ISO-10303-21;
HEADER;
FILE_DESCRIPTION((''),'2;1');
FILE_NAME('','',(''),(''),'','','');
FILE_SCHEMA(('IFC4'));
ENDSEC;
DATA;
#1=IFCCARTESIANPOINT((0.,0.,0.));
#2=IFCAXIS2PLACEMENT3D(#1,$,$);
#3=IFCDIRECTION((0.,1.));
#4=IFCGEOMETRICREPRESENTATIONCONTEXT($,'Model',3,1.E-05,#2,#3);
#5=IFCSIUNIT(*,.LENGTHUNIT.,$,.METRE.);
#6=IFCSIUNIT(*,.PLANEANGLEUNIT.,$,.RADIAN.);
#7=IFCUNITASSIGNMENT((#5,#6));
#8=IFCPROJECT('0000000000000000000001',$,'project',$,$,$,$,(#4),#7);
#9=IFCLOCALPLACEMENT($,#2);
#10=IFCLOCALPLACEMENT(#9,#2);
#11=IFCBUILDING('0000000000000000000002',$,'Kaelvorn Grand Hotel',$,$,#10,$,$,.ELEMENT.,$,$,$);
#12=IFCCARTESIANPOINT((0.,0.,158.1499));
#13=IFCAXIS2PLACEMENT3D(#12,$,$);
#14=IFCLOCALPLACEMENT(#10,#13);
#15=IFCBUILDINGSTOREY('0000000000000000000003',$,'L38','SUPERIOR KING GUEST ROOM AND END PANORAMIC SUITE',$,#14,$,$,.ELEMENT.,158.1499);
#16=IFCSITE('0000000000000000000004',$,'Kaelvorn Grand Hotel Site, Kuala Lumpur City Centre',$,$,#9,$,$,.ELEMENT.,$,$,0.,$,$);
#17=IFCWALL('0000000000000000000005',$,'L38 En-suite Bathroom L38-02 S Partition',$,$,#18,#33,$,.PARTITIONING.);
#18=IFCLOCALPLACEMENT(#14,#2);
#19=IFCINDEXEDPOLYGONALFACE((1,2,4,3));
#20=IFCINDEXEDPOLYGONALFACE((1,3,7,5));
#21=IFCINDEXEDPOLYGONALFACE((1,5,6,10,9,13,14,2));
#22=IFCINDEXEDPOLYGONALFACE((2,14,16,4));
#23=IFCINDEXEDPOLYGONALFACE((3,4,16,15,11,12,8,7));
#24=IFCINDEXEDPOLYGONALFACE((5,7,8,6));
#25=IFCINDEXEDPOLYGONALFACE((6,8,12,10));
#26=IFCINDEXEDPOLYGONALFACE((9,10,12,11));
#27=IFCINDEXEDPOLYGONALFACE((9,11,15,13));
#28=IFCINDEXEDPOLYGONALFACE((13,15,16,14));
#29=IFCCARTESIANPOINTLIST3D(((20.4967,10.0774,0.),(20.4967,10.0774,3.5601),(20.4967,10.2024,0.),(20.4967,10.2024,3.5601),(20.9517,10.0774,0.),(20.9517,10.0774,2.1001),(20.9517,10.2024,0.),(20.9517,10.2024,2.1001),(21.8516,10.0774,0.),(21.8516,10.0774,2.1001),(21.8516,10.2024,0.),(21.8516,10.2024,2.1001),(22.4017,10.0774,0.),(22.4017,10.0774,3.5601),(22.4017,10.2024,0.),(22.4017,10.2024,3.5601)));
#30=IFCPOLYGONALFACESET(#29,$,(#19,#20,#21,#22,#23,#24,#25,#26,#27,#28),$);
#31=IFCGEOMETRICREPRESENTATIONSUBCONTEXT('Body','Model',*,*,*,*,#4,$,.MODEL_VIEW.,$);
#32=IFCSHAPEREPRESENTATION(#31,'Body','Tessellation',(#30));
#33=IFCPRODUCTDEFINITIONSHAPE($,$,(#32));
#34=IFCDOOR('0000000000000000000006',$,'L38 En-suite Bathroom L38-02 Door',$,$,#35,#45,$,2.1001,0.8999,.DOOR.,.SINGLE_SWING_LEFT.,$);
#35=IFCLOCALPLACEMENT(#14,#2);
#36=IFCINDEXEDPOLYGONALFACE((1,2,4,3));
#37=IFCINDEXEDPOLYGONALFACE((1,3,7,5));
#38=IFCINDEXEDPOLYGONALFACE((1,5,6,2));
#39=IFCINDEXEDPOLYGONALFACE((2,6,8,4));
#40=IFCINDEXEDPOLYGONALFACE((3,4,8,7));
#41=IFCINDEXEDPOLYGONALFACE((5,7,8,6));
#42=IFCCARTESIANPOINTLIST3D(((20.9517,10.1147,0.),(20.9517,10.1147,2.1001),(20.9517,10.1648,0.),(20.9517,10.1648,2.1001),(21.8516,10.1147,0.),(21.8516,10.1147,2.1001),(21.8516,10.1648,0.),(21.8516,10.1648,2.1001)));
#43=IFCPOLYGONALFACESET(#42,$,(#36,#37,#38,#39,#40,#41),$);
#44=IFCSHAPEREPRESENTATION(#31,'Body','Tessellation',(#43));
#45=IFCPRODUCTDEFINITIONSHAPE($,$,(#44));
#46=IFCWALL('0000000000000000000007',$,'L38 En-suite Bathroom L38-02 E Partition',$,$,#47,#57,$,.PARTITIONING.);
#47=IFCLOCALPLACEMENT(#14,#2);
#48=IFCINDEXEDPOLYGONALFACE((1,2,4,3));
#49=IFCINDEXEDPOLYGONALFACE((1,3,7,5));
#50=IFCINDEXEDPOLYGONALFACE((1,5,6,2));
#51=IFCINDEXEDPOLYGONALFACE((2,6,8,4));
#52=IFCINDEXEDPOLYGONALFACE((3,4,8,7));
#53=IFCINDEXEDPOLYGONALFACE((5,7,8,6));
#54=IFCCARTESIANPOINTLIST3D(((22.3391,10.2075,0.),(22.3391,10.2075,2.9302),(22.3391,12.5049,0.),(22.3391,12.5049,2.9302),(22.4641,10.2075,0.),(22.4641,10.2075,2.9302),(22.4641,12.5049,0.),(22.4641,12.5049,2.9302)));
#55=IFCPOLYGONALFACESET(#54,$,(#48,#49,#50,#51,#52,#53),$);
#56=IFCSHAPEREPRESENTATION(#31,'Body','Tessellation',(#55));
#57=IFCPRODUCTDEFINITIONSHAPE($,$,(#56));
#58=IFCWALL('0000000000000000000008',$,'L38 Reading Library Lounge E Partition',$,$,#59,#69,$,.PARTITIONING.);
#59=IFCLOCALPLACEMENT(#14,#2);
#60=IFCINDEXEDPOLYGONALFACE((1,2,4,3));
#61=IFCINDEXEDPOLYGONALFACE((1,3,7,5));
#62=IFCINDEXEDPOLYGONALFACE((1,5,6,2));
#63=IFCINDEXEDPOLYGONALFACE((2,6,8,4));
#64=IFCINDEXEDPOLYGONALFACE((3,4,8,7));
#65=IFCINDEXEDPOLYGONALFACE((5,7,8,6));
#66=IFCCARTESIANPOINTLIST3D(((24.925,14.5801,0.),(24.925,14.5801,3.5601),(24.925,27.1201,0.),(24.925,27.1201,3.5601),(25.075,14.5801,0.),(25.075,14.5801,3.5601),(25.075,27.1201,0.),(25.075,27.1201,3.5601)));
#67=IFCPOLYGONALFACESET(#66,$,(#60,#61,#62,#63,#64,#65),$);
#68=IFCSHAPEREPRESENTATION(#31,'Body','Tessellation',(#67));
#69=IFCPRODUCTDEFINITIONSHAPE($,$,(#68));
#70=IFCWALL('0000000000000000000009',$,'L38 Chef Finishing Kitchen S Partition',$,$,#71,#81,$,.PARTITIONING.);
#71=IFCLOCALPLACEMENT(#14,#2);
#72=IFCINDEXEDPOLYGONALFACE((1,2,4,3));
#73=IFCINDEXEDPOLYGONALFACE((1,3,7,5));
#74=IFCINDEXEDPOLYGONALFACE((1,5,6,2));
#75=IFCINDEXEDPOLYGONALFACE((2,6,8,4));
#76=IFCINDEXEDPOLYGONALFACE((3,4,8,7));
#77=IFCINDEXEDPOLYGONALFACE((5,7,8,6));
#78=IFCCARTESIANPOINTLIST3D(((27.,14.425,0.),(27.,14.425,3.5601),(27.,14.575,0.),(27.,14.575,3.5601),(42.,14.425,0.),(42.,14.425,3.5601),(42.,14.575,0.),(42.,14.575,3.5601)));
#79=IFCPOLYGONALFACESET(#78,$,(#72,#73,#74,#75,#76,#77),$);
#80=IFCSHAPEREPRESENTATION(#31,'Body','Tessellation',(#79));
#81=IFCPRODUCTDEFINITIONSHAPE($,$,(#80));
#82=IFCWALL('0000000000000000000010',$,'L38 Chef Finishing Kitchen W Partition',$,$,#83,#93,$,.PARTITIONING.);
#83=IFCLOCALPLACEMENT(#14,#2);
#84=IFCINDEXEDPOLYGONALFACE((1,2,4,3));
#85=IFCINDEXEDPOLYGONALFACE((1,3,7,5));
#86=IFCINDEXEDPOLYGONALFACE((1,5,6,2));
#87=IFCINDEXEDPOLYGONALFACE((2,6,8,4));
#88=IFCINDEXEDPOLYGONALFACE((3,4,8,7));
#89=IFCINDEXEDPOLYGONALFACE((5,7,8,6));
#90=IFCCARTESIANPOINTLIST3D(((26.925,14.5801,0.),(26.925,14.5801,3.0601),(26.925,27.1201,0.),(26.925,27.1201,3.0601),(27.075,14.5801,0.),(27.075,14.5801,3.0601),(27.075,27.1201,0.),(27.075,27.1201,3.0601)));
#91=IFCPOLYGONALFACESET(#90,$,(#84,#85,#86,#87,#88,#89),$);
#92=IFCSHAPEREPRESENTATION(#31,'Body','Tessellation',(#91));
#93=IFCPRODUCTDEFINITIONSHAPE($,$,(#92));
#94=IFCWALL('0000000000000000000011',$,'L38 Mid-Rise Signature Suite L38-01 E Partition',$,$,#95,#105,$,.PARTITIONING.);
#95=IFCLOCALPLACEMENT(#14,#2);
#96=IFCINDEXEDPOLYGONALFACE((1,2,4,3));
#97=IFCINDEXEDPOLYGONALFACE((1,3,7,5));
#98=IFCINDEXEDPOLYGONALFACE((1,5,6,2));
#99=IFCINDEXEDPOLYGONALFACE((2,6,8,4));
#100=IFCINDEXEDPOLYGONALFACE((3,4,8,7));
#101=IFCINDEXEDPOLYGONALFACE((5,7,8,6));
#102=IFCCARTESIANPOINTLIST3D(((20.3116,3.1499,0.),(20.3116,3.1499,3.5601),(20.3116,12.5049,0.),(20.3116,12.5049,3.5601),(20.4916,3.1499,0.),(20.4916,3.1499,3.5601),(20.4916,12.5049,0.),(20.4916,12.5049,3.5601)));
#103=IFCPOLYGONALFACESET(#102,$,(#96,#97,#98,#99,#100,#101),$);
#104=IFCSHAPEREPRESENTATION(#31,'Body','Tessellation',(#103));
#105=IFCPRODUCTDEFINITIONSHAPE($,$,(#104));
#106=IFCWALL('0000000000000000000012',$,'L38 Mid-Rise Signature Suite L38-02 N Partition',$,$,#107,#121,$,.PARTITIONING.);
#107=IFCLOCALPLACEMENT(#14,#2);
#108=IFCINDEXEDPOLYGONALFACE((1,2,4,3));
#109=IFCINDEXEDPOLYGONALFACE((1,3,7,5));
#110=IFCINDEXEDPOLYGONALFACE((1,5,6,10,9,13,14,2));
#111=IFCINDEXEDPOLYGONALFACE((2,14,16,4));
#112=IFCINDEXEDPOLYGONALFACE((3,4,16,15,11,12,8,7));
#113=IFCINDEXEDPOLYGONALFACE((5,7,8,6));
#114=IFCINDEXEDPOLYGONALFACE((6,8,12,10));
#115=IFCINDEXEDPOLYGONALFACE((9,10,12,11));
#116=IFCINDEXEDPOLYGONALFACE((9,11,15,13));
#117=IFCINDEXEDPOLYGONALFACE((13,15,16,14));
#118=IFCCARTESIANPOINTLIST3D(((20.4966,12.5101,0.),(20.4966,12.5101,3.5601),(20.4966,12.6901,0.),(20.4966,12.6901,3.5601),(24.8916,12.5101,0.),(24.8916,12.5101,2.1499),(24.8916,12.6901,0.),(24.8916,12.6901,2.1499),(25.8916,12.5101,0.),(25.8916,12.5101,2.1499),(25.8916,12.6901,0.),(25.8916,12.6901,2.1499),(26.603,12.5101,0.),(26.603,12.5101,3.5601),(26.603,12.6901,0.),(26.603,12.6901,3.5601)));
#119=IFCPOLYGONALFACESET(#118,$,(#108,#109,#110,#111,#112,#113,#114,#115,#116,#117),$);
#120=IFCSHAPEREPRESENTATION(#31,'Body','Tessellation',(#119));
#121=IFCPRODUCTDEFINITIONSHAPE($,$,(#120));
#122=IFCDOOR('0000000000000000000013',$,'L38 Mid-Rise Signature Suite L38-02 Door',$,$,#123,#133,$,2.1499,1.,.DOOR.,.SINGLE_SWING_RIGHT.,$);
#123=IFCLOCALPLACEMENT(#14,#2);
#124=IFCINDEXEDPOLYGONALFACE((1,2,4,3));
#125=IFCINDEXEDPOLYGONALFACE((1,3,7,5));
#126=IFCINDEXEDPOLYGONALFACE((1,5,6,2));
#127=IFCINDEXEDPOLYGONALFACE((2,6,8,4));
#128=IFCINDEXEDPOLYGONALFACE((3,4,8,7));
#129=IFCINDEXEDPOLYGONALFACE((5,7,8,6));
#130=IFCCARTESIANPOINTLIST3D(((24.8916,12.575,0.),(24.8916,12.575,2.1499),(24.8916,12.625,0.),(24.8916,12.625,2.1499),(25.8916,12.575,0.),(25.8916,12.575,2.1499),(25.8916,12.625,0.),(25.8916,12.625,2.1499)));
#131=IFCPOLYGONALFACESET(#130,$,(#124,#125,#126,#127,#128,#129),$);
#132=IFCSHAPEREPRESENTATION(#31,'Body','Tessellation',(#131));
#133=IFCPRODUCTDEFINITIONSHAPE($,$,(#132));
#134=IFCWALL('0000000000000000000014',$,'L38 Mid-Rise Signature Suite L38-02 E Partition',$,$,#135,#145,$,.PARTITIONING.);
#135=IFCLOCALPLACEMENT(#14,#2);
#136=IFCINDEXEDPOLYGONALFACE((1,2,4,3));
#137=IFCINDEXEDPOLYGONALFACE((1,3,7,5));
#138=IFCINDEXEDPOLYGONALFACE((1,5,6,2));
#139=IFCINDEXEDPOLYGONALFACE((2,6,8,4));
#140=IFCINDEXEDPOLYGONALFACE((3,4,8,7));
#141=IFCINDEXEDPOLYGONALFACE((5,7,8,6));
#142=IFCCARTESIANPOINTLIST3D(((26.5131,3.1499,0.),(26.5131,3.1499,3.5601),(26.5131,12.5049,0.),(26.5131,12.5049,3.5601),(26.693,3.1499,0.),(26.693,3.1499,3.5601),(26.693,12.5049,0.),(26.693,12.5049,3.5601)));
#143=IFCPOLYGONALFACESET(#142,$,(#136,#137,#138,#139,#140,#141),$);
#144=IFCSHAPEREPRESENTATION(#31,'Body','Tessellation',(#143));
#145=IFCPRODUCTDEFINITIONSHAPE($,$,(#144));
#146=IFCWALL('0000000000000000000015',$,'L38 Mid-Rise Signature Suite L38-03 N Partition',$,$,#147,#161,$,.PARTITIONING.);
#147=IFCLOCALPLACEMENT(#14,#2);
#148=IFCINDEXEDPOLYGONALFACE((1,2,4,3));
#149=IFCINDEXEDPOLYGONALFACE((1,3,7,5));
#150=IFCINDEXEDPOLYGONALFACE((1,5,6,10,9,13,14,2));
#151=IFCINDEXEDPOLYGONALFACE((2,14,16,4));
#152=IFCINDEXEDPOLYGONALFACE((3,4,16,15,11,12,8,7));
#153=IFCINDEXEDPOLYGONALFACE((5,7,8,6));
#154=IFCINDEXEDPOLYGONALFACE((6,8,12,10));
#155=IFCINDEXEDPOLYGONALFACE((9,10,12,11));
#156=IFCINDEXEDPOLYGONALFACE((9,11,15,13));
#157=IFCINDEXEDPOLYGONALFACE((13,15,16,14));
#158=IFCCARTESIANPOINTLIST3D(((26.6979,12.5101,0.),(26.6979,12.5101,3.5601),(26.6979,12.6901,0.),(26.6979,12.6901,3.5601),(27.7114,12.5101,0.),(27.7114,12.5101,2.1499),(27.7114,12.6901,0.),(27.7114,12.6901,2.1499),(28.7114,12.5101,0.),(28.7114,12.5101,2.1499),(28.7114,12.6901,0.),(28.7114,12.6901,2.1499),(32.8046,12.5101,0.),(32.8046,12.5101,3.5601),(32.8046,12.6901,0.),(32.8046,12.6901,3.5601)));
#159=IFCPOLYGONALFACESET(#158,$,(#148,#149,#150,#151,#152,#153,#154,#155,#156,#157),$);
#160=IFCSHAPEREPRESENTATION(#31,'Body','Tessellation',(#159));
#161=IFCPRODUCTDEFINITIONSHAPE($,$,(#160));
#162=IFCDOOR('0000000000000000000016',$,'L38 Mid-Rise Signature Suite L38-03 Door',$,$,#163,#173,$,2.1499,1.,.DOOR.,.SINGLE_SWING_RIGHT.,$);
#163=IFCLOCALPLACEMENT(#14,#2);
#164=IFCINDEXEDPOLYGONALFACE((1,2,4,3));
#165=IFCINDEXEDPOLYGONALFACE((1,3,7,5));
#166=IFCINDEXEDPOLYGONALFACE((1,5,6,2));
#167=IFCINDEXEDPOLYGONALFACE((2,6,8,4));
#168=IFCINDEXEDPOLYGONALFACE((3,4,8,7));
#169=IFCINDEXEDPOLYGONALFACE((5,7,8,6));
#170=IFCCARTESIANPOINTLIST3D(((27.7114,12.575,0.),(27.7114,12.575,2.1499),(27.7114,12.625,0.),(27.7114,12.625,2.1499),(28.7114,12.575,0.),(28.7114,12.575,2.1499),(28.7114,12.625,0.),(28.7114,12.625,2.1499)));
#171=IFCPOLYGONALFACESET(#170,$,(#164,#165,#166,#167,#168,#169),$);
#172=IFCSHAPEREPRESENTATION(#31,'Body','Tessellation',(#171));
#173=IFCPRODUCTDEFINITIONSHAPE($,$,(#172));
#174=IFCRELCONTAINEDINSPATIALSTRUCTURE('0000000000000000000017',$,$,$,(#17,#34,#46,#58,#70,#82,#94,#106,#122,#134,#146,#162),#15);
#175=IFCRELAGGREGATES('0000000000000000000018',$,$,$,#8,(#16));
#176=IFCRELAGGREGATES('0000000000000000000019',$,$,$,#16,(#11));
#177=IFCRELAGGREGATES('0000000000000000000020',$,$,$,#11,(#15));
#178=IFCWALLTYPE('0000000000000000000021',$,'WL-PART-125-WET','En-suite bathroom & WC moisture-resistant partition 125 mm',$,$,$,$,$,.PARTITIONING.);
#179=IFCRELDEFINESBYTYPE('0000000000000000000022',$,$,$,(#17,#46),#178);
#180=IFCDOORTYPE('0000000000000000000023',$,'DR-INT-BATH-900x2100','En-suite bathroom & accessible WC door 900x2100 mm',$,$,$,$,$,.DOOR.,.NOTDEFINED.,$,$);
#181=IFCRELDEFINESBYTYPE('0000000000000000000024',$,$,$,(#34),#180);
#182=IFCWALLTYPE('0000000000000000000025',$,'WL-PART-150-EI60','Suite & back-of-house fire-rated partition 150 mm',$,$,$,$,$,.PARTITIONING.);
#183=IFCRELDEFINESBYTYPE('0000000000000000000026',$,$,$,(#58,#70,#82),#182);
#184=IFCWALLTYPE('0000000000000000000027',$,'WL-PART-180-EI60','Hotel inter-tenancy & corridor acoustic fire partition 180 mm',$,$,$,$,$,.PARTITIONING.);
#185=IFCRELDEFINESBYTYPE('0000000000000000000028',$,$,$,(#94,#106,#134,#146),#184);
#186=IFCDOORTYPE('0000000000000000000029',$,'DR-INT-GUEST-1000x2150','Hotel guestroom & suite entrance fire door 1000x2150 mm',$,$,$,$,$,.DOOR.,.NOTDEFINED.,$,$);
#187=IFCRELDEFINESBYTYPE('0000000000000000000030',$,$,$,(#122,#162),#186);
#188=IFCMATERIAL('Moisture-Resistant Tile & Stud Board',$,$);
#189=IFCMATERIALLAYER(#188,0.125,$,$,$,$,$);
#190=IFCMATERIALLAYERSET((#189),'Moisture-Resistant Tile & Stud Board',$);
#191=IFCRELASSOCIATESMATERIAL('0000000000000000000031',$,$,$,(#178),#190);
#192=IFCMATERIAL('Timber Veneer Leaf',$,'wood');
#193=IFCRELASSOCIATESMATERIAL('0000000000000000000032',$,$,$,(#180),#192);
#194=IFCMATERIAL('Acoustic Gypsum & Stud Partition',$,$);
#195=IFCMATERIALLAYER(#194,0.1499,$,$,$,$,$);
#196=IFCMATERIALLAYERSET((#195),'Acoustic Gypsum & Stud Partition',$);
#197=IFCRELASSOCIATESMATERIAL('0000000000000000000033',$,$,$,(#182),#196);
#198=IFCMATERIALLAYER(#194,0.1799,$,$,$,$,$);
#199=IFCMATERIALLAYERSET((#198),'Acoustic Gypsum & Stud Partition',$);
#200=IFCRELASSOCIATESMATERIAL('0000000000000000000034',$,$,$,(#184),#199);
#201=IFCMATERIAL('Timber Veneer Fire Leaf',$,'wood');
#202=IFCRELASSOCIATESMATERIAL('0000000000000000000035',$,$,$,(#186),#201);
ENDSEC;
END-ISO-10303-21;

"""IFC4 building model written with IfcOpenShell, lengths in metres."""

from ifc_helpers import new_model, si_unit, direction, frame, frame_2d, origin, place, context, subcontext, project, spatial, rectangle, extrude, material, layer, layer_set, type_object, element, fill, save


model = new_model("IFC4")

# Units and contexts
model_context = context("Model", 3, precision=1e-05, world=origin(), true_north=direction((0.0, 1.0)))
body_context = subcontext(model_context, "Body", "Model", "MODEL_VIEW")
ifc_project = project(units=[si_unit("LENGTHUNIT", "METRE"), si_unit("PLANEANGLEUNIT", "RADIAN")], contexts=[model_context])

# Site, building, storey
site_placement = place(None, origin())
site = spatial("IfcSite", under=ifc_project, at=site_placement, Name="Kaelvorn Grand Hotel Site, Kuala Lumpur City Centre", CompositionType="ELEMENT", RefElevation=0.0)
building_placement = place(site_placement, origin())
building = spatial("IfcBuilding", under=site, at=building_placement, Name="Kaelvorn Grand Hotel", CompositionType="ELEMENT")
storey_placement = place(building_placement, frame((0.0, 0.0, 158.1499)))
storey = spatial("IfcBuildingStorey", under=building, at=storey_placement, Name="L38", Description="SUPERIOR KING GUEST ROOM AND END PANORAMIC SUITE", CompositionType="ELEMENT", Elevation=158.1499)

# Wall, opening, door
ifc_material_1 = material(Name="Moisture-Resistant Tile & Stud Board")
ifc_layer_1 = layer(ifc_material_1, 0.125)
ifc_layer_set_1 = layer_set([ifc_layer_1], Name="Moisture-Resistant Tile & Stud Board")
wall_type_1 = type_object("IfcWallType", Name="WL-PART-125-WET", Description="En-suite bathroom & WC moisture-resistant partition 125 mm", PredefinedType="PARTITIONING", material=ifc_layer_set_1)
wall_1_placement = place(storey_placement, frame((20.4966, 10.1399, 0.0), z_axis=(0.0, 0.0, 1.0), x_axis=(1.0, 0.0, 0.0)))
wall_1 = element("IfcWall", 1, at=wall_1_placement, inside=storey, type_object=wall_type_1, Name="L38 En-suite Bathroom L38-02 S Partition", PredefinedType="PARTITIONING", context=body_context, shape_type="SweptSolid", body=[
    extrude(rectangle(XDim=1.905, YDim=0.125, at=frame_2d((0.9526, 0.0))), origin(), (0.0, 0.0, 1.0), 3.5601),
])
opening_1_placement = place(wall_1_placement, frame((0.4551, 0.0, 0.0)))
opening_1 = element("IfcOpeningElement", 2, at=opening_1_placement, cuts=wall_1, PredefinedType="OPENING", context=body_context, shape_type="SweptSolid", body=[
    extrude(rectangle(XDim=0.8999, YDim=2.1001, at=frame_2d((0.45, 1.05))), frame((0.0, 0.0725, 0.0), z_axis=(0.0, -1.0, 0.0), x_axis=(1.0, 0.0, 0.0)), (0.0, 0.0, 1.0), 0.145),
])
ifc_material_2 = material(Name="Timber Veneer Leaf", Category="wood")
door_type_1 = type_object("IfcDoorType", Name="DR-INT-BATH-900x2100", Description="En-suite bathroom & accessible WC door 900x2100 mm", OperationType="NOTDEFINED", PredefinedType="DOOR", material=ifc_material_2)
door_1_placement = place(opening_1_placement, origin())
door_1 = element("IfcDoor", 3, at=door_1_placement, inside=storey, type_object=door_type_1, Name="L38 En-suite Bathroom L38-02 Door", OperationType="SINGLE_SWING_LEFT", OverallHeight=2.1001, OverallWidth=0.8999, PredefinedType="DOOR", context=body_context, shape_type="SweptSolid", body=[
    extrude(rectangle(XDim=0.8999, YDim=2.1001, at=frame_2d((0.45, 1.05))), frame((0.0, 0.0249, 0.0), z_axis=(0.0, -1.0, 0.0), x_axis=(1.0, 0.0, 0.0)), (0.0, 0.0, 1.0), 0.05),
])
fill(opening_1, door_1)

# Walls
wall_2_placement = place(storey_placement, frame((22.4016, 10.2075, 0.0), z_axis=(0.0, 0.0, 1.0), x_axis=(0.0, 1.0, 0.0)))
element("IfcWall", 4, at=wall_2_placement, inside=storey, type_object=wall_type_1, Name="L38 En-suite Bathroom L38-02 E Partition", PredefinedType="PARTITIONING", context=body_context, shape_type="SweptSolid", body=[
    extrude(rectangle(XDim=2.2974, YDim=0.125, at=frame_2d((1.1487, 0.0))), origin(), (0.0, 0.0, 1.0), 2.9302),
])
ifc_material_3 = material(Name="Acoustic Gypsum & Stud Partition")
ifc_layer_2 = layer(ifc_material_3, 0.1499)
ifc_layer_set_2 = layer_set([ifc_layer_2], Name="Acoustic Gypsum & Stud Partition")
wall_type_2 = type_object("IfcWallType", Name="WL-PART-150-EI60", Description="Suite & back-of-house fire-rated partition 150 mm", PredefinedType="PARTITIONING", material=ifc_layer_set_2)
wall_3_placement = place(storey_placement, frame((25.0, 14.5801, 0.0), z_axis=(0.0, 0.0, 1.0), x_axis=(0.0, 1.0, 0.0)))
element("IfcWall", 5, at=wall_3_placement, inside=storey, type_object=wall_type_2, Name="L38 Reading Library Lounge E Partition", PredefinedType="PARTITIONING", context=body_context, shape_type="SweptSolid", body=[
    extrude(rectangle(XDim=12.54, YDim=0.1499, at=frame_2d((6.27, 0.0))), origin(), (0.0, 0.0, 1.0), 3.5601),
])
wall_4_placement = place(storey_placement, frame((27.0, 14.5, 0.0), z_axis=(0.0, 0.0, 1.0), x_axis=(1.0, 0.0, 0.0)))
element("IfcWall", 6, at=wall_4_placement, inside=storey, type_object=wall_type_2, Name="L38 Chef Finishing Kitchen S Partition", PredefinedType="PARTITIONING", context=body_context, shape_type="SweptSolid", body=[
    extrude(rectangle(XDim=15.0, YDim=0.1499, at=frame_2d((7.5, 0.0))), origin(), (0.0, 0.0, 1.0), 3.5601),
])
wall_5_placement = place(storey_placement, frame((27.0, 14.5801, 0.0), z_axis=(0.0, 0.0, 1.0), x_axis=(0.0, 1.0, 0.0)))
element("IfcWall", 7, at=wall_5_placement, inside=storey, type_object=wall_type_2, Name="L38 Chef Finishing Kitchen W Partition", PredefinedType="PARTITIONING", context=body_context, shape_type="SweptSolid", body=[
    extrude(rectangle(XDim=12.54, YDim=0.1499, at=frame_2d((6.27, 0.0))), origin(), (0.0, 0.0, 1.0), 3.0601),
])
ifc_layer_3 = layer(ifc_material_3, 0.1799)
ifc_layer_set_3 = layer_set([ifc_layer_3], Name="Acoustic Gypsum & Stud Partition")
wall_type_3 = type_object("IfcWallType", Name="WL-PART-180-EI60", Description="Hotel inter-tenancy & corridor acoustic fire partition 180 mm", PredefinedType="PARTITIONING", material=ifc_layer_set_3)
wall_6_placement = place(storey_placement, frame((20.4016, 3.1499, 0.0), z_axis=(0.0, 0.0, 1.0), x_axis=(0.0, 1.0, 0.0)))
element("IfcWall", 8, at=wall_6_placement, inside=storey, type_object=wall_type_3, Name="L38 Mid-Rise Signature Suite L38-01 E Partition", PredefinedType="PARTITIONING", context=body_context, shape_type="SweptSolid", body=[
    extrude(rectangle(XDim=9.355, YDim=0.1799, at=frame_2d((4.6775, 0.0))), origin(), (0.0, 0.0, 1.0), 3.5601),
])

# Wall, opening, door
wall_7_placement = place(storey_placement, frame((20.4966, 12.6001, 0.0), z_axis=(0.0, 0.0, 1.0), x_axis=(1.0, 0.0, 0.0)))
wall_7 = element("IfcWall", 9, at=wall_7_placement, inside=storey, type_object=wall_type_3, Name="L38 Mid-Rise Signature Suite L38-02 N Partition", PredefinedType="PARTITIONING", context=body_context, shape_type="SweptSolid", body=[
    extrude(rectangle(XDim=6.1064, YDim=0.1799, at=frame_2d((3.0532, 0.0))), origin(), (0.0, 0.0, 1.0), 3.5601),
])
opening_2_placement = place(wall_7_placement, frame((4.395, 0.0, 0.0)))
opening_2 = element("IfcOpeningElement", 10, at=opening_2_placement, cuts=wall_7, PredefinedType="OPENING", context=body_context, shape_type="SweptSolid", body=[
    extrude(rectangle(XDim=1.0, YDim=2.1499, at=frame_2d((0.5, 1.075))), frame((0.0, 0.1001, 0.0), z_axis=(0.0, -1.0, 0.0), x_axis=(1.0, 0.0, 0.0)), (0.0, 0.0, 1.0), 0.2),
])
ifc_material_4 = material(Name="Timber Veneer Fire Leaf", Category="wood")
door_type_2 = type_object("IfcDoorType", Name="DR-INT-GUEST-1000x2150", Description="Hotel guestroom & suite entrance fire door 1000x2150 mm", OperationType="NOTDEFINED", PredefinedType="DOOR", material=ifc_material_4)
door_2_placement = place(opening_2_placement, origin())
door_2 = element("IfcDoor", 11, at=door_2_placement, inside=storey, type_object=door_type_2, Name="L38 Mid-Rise Signature Suite L38-02 Door", OperationType="SINGLE_SWING_RIGHT", OverallHeight=2.1499, OverallWidth=1.0, PredefinedType="DOOR", context=body_context, shape_type="SweptSolid", body=[
    extrude(rectangle(XDim=1.0, YDim=2.1499, at=frame_2d((0.5, 1.075))), frame((0.0, 0.0249, 0.0), z_axis=(0.0, -1.0, 0.0), x_axis=(1.0, 0.0, 0.0)), (0.0, 0.0, 1.0), 0.05),
])
fill(opening_2, door_2)

# Wall
wall_8_placement = place(storey_placement, frame((26.603, 3.1499, 0.0), z_axis=(0.0, 0.0, 1.0), x_axis=(0.0, 1.0, 0.0)))
element("IfcWall", 12, at=wall_8_placement, inside=storey, type_object=wall_type_3, Name="L38 Mid-Rise Signature Suite L38-02 E Partition", PredefinedType="PARTITIONING", context=body_context, shape_type="SweptSolid", body=[
    extrude(rectangle(XDim=9.355, YDim=0.1799, at=frame_2d((4.6775, 0.0))), origin(), (0.0, 0.0, 1.0), 3.5601),
])

# Wall, opening, door
wall_9_placement = place(storey_placement, frame((26.698, 12.6001, 0.0), z_axis=(0.0, 0.0, 1.0), x_axis=(1.0, 0.0, 0.0)))
wall_9 = element("IfcWall", 13, at=wall_9_placement, inside=storey, type_object=wall_type_3, Name="L38 Mid-Rise Signature Suite L38-03 N Partition", PredefinedType="PARTITIONING", context=body_context, shape_type="SweptSolid", body=[
    extrude(rectangle(XDim=6.1067, YDim=0.1799, at=frame_2d((3.0532, 0.0))), origin(), (0.0, 0.0, 1.0), 3.5601),
])
opening_3_placement = place(wall_9_placement, frame((1.0134, 0.0, 0.0)))
opening_3 = element("IfcOpeningElement", 14, at=opening_3_placement, cuts=wall_9, PredefinedType="OPENING", context=body_context, shape_type="SweptSolid", body=[
    extrude(rectangle(XDim=1.0, YDim=2.1499, at=frame_2d((0.5, 1.075))), frame((0.0, 0.1001, 0.0), z_axis=(0.0, -1.0, 0.0), x_axis=(1.0, 0.0, 0.0)), (0.0, 0.0, 1.0), 0.2),
])
door_3_placement = place(opening_3_placement, origin())
door_3 = element("IfcDoor", 15, at=door_3_placement, inside=storey, type_object=door_type_2, Name="L38 Mid-Rise Signature Suite L38-03 Door", OperationType="SINGLE_SWING_RIGHT", OverallHeight=2.1499, OverallWidth=1.0, PredefinedType="DOOR", context=body_context, shape_type="SweptSolid", body=[
    extrude(rectangle(XDim=1.0, YDim=2.1499, at=frame_2d((0.5, 1.075))), frame((0.0, 0.0249, 0.0), z_axis=(0.0, -1.0, 0.0), x_axis=(1.0, 0.0, 0.0)), (0.0, 0.0, 1.0), 0.05),
])
fill(opening_3, door_3)

save(model, "model.ifc")
